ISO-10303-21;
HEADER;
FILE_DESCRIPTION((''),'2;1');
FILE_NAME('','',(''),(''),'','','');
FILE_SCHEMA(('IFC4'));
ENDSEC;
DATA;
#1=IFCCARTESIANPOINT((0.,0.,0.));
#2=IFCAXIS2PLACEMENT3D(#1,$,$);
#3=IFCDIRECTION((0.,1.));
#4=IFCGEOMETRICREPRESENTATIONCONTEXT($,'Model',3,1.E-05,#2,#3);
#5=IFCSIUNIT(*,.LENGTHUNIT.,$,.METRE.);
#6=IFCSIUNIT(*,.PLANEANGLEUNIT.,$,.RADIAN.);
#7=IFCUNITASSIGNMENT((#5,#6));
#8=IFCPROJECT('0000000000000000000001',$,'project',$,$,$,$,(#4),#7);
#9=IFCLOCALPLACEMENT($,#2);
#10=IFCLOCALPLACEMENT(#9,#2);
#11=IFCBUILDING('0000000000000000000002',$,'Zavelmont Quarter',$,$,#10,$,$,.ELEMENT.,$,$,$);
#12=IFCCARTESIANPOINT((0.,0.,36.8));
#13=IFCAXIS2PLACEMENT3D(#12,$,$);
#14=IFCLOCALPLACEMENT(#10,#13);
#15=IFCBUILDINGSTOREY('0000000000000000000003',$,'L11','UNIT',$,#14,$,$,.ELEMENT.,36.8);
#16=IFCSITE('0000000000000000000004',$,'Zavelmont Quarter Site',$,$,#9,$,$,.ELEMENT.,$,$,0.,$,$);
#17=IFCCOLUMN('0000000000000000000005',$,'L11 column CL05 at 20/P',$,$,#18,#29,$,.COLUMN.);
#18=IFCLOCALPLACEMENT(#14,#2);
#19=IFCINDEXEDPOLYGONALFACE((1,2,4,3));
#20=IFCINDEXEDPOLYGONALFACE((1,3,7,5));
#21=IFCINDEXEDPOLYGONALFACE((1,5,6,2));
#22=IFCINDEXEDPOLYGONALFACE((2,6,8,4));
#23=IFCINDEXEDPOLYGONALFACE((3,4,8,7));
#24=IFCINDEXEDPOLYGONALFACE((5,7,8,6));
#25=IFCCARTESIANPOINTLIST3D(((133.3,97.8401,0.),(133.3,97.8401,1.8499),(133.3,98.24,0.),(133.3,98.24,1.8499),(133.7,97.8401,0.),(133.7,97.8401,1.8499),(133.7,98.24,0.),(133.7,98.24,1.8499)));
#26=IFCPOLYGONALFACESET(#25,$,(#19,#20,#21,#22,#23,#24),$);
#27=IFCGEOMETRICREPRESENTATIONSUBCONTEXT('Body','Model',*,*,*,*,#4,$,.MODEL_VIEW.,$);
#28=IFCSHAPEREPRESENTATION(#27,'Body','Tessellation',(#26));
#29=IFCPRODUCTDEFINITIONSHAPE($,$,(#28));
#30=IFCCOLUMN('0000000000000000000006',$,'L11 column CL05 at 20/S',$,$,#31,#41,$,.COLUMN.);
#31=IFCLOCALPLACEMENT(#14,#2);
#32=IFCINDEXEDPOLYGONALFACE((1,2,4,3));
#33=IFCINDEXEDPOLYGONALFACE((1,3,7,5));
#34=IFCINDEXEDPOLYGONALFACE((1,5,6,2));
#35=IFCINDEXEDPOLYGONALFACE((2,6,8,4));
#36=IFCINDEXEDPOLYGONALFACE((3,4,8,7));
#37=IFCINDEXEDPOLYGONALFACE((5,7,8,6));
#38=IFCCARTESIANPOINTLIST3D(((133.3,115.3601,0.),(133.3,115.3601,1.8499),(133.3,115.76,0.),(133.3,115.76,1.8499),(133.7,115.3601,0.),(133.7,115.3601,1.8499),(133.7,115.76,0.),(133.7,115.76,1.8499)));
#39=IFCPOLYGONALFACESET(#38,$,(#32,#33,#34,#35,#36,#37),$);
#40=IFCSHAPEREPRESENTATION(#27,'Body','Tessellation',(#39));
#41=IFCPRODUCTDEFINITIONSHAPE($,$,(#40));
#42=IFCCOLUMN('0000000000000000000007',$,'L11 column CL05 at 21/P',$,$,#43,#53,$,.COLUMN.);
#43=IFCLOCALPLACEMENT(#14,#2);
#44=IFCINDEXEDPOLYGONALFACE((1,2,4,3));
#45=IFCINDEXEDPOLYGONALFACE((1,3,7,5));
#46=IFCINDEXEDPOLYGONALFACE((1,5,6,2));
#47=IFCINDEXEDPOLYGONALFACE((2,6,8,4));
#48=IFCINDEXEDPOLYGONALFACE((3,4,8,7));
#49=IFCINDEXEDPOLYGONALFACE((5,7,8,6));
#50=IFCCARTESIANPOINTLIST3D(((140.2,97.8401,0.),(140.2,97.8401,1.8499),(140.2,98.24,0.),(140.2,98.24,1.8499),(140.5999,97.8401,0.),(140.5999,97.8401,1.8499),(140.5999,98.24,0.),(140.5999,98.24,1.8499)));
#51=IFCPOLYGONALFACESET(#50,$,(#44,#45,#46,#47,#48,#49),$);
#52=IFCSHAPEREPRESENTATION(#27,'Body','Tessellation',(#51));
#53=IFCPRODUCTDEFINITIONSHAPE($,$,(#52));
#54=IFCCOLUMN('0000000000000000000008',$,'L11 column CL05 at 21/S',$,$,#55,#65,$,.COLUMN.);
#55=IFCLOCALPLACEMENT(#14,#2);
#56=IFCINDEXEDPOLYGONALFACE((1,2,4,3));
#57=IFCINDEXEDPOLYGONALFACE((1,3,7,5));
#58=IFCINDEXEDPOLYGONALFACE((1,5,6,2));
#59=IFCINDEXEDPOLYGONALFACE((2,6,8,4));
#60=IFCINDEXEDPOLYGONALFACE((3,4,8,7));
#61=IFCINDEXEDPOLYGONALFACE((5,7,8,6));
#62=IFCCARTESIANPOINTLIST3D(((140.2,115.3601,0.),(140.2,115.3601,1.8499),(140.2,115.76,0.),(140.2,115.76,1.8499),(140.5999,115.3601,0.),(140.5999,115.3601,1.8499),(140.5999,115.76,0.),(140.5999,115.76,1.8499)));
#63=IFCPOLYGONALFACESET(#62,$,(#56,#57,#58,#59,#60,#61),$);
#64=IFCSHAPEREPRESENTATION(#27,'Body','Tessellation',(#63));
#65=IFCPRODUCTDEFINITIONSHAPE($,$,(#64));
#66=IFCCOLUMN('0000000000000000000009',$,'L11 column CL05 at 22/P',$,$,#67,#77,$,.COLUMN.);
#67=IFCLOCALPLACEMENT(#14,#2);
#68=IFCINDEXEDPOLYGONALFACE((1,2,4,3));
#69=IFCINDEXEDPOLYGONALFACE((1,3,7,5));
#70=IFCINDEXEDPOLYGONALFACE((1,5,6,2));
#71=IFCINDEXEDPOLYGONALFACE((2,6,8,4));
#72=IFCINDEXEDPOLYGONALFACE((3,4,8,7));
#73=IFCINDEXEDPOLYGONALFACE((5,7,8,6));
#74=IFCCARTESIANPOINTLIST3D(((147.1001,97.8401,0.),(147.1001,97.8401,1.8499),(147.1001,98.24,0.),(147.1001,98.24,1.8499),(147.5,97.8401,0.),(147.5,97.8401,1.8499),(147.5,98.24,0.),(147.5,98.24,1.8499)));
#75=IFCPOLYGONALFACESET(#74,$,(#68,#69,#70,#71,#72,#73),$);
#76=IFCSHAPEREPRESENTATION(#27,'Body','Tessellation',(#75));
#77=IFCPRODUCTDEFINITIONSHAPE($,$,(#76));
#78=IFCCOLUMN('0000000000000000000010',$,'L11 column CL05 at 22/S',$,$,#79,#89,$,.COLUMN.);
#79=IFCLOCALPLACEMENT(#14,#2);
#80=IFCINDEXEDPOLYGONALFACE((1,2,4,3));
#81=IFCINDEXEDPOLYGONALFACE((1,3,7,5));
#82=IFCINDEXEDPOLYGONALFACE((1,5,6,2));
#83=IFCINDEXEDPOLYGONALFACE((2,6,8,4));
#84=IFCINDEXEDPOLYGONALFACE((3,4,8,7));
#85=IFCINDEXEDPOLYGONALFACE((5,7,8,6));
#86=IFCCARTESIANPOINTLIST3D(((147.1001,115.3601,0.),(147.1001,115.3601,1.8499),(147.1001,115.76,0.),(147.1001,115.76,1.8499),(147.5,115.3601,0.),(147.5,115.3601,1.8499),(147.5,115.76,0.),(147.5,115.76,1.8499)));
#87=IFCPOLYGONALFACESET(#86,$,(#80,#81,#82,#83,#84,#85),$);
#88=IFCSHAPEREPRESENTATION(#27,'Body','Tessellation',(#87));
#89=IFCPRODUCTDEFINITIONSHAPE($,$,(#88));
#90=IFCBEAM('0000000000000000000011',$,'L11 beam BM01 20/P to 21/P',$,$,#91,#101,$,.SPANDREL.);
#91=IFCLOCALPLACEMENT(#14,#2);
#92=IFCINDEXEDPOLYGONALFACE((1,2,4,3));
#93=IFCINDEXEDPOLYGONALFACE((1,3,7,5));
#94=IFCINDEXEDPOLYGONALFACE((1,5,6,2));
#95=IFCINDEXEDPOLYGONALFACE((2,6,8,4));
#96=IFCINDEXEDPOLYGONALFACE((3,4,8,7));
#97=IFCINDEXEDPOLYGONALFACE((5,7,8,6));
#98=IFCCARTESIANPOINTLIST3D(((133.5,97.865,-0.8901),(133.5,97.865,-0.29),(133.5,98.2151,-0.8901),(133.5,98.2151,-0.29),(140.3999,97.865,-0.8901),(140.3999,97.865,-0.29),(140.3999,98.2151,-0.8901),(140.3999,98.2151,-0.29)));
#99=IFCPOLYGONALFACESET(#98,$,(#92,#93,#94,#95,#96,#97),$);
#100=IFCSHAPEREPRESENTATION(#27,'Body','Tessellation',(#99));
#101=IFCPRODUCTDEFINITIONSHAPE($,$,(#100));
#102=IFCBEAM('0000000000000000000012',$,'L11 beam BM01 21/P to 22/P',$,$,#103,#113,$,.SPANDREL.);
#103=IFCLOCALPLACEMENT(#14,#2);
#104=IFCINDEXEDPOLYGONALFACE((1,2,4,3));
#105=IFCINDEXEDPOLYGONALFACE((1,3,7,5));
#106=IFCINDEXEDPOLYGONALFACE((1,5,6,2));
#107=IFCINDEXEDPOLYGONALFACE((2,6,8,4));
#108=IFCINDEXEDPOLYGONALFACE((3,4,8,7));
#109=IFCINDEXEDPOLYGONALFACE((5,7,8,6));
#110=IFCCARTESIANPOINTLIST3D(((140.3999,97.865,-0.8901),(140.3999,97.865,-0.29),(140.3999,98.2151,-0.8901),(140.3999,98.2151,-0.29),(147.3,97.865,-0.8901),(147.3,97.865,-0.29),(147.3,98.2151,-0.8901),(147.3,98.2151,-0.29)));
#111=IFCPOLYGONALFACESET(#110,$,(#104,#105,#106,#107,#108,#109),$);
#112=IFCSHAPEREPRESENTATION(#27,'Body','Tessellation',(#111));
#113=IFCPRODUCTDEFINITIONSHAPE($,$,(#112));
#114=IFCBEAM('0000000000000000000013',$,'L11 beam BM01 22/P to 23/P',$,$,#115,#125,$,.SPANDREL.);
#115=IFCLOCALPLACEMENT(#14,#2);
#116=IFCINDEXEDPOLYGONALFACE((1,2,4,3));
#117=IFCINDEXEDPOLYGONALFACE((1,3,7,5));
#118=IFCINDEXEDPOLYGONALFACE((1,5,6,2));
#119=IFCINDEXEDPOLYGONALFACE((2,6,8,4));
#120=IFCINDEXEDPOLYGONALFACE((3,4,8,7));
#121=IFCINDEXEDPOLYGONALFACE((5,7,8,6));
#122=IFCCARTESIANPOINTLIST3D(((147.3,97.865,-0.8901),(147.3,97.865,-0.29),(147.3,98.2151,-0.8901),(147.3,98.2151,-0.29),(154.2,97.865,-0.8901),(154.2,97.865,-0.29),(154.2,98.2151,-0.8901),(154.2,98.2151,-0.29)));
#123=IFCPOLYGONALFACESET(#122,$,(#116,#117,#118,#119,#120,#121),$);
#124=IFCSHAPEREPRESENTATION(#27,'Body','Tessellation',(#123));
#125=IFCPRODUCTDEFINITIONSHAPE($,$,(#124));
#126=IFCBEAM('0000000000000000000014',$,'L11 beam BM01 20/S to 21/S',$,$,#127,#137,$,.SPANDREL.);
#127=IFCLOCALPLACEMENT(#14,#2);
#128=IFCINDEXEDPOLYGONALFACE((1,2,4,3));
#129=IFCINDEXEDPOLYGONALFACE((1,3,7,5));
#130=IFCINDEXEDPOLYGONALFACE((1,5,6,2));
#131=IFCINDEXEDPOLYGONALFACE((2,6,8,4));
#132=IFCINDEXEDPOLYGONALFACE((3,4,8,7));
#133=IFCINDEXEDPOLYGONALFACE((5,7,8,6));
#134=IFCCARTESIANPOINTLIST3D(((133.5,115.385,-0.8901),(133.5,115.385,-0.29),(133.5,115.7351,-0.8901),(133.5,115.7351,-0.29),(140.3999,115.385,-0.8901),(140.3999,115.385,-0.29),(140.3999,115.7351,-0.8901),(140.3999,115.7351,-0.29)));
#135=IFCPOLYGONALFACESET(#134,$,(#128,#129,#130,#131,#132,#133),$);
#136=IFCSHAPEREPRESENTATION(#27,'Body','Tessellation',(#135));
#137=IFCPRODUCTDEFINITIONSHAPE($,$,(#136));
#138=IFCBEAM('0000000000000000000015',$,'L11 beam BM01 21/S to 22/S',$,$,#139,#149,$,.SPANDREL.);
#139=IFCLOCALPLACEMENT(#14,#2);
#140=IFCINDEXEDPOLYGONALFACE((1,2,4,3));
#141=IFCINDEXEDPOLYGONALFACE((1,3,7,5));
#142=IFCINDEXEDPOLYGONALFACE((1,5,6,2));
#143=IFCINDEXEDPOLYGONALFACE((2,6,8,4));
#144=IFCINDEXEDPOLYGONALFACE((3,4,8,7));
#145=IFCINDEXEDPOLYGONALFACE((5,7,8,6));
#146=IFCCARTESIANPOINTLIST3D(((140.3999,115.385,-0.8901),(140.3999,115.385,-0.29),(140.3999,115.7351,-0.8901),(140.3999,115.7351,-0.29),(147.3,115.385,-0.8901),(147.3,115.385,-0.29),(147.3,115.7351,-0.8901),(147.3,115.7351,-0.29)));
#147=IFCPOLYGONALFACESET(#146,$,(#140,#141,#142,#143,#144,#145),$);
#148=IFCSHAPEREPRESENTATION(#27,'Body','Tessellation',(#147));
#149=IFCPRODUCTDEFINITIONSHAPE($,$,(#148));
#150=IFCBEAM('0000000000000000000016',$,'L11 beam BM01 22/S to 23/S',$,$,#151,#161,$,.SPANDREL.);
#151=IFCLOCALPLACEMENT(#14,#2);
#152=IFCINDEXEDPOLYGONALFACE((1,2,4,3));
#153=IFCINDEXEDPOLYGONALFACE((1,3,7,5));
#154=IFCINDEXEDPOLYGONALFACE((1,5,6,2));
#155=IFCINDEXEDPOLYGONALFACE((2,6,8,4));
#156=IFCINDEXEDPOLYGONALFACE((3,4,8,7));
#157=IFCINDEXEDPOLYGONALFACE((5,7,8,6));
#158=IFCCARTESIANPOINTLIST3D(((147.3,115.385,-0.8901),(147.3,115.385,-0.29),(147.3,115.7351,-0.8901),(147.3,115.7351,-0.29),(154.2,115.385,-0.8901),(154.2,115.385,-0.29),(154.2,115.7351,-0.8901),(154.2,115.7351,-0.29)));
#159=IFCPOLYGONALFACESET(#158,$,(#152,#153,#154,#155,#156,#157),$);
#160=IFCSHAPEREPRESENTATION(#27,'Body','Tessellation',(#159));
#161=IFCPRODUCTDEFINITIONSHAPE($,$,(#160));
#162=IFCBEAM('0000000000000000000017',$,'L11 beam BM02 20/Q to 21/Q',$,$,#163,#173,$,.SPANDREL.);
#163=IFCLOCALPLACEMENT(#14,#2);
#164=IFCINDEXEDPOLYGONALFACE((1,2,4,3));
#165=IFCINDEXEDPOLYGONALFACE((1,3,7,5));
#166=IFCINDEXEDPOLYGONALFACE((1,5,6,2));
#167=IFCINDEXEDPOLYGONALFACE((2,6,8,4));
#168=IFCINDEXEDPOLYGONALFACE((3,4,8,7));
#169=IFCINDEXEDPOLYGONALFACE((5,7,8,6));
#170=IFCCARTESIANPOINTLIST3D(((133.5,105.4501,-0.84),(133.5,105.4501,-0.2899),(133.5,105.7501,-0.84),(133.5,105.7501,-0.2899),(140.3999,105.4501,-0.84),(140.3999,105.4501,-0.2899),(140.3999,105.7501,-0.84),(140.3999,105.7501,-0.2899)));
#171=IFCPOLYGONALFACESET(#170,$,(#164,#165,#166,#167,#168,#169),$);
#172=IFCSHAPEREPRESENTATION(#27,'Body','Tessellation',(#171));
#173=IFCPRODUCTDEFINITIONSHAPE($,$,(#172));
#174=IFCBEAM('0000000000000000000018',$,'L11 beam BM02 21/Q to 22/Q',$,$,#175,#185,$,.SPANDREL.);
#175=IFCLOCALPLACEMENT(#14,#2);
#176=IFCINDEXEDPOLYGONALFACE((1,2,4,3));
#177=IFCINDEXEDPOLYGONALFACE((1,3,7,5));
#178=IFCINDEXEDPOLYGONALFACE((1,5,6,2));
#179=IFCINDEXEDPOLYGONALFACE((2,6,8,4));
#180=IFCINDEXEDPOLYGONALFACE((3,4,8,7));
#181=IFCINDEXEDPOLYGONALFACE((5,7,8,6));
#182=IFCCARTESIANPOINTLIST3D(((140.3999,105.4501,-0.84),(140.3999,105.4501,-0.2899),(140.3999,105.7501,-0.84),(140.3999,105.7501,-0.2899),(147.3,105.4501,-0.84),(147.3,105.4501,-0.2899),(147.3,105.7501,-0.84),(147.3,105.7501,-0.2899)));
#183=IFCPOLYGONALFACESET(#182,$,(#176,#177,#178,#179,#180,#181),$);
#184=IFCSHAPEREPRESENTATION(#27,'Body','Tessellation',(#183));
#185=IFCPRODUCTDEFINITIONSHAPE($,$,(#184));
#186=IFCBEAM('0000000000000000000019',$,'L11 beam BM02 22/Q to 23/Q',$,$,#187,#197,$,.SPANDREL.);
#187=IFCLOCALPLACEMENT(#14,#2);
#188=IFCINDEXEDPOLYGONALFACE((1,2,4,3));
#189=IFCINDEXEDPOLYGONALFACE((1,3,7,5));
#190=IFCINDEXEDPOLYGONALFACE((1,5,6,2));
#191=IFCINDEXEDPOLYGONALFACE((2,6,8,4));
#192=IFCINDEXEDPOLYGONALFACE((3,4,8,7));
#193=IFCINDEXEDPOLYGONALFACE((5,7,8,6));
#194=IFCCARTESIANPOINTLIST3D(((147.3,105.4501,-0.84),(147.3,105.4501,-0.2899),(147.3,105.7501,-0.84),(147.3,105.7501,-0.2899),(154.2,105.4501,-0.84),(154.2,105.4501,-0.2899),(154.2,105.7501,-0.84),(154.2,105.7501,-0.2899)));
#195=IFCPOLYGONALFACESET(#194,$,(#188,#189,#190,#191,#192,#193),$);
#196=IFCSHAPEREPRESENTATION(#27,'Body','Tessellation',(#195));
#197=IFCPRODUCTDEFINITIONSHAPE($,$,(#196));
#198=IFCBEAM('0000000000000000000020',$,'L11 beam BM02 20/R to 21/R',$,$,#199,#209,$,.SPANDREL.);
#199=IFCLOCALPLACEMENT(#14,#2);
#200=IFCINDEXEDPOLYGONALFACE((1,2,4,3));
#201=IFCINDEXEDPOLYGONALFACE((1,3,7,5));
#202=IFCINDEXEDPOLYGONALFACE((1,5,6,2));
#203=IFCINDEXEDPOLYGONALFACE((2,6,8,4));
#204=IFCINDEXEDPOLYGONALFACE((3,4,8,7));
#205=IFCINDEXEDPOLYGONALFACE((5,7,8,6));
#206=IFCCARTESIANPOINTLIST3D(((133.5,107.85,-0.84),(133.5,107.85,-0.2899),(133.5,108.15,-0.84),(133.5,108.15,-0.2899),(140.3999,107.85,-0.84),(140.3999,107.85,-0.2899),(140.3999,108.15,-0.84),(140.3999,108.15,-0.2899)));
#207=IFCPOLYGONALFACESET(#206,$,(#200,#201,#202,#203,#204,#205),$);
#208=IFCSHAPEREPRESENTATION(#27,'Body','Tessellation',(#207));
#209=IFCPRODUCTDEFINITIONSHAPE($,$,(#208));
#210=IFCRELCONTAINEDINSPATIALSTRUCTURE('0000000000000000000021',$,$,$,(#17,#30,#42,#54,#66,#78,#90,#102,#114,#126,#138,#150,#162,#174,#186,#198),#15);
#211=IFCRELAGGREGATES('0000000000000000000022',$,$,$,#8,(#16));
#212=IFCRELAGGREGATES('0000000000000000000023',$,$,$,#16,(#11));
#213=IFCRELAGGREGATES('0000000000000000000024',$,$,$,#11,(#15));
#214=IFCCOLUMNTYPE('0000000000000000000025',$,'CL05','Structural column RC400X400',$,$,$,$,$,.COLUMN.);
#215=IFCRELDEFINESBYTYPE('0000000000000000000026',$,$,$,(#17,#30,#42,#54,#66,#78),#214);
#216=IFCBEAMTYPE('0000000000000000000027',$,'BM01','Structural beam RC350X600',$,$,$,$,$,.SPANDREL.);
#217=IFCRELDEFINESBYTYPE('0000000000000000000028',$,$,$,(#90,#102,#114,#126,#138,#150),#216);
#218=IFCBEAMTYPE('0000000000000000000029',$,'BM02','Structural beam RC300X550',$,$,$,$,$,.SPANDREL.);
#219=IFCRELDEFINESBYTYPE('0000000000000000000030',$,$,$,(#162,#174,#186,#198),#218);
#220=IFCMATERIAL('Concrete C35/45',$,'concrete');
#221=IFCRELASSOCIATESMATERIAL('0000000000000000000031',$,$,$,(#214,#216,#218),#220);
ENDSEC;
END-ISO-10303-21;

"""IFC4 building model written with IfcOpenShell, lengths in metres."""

from ifc_helpers import new_model, si_unit, direction, frame, origin, origin_2d, place, context, subcontext, project, spatial, rectangle, extrude, material, material_profile, profile_set, type_object, element, save


model = new_model("IFC4")

# Units and contexts
model_context = context("Model", 3, precision=1e-05, world=origin(), true_north=direction((0.0, 1.0)))
body_context = subcontext(model_context, "Body", "Model", "MODEL_VIEW")
ifc_project = project(units=[si_unit("LENGTHUNIT", "METRE"), si_unit("PLANEANGLEUNIT", "RADIAN")], contexts=[model_context])

# Site, building, storey
site_placement = place(None, origin())
site = spatial("IfcSite", under=ifc_project, at=site_placement, Name="Zavelmont Quarter Site", CompositionType="ELEMENT", RefElevation=0.0)
building_placement = place(site_placement, origin())
building = spatial("IfcBuilding", under=site, at=building_placement, Name="Zavelmont Quarter", CompositionType="ELEMENT")
storey_placement = place(building_placement, frame((0.0, 0.0, 36.8)))
storey = spatial("IfcBuildingStorey", under=building, at=storey_placement, Name="L11", Description="UNIT", CompositionType="ELEMENT", Elevation=36.8)

# Columns
ifc_material_1 = material(Name="Concrete C35/45", Category="concrete")
ifc_material_profile_1 = material_profile(ifc_material_1, rectangle(XDim=0.3999, YDim=0.3999, at=origin_2d()), Name="RC400X400")
ifc_profile_set_1 = profile_set([ifc_material_profile_1], Name="Concrete C35/45")
column_type = type_object("IfcColumnType", Name="CL05", Description="Structural column RC400X400", PredefinedType="COLUMN", material=ifc_profile_set_1)
for number, where, z_axis, x_axis, name in (
    (1, (133.5, 98.04, 0.0), (0.0, 0.0, 1.0), (1.0, 0.0, 0.0), "L11 column CL05 at 20/P"),
    (2, (133.5, 115.5601, 0.0), (0.0, 0.0, 1.0), (1.0, 0.0, 0.0), "L11 column CL05 at 20/S"),
    (3, (140.3999, 98.04, 0.0), (0.0, 0.0, 1.0), (1.0, 0.0, 0.0), "L11 column CL05 at 21/P"),
    (4, (140.3999, 115.5601, 0.0), (0.0, 0.0, 1.0), (1.0, 0.0, 0.0), "L11 column CL05 at 21/S"),
    (5, (147.3, 98.04, 0.0), (0.0, 0.0, 1.0), (1.0, 0.0, 0.0), "L11 column CL05 at 22/P"),
    (6, (147.3, 115.5601, 0.0), (0.0, 0.0, 1.0), (1.0, 0.0, 0.0), "L11 column CL05 at 22/S"),
):
    element("IfcColumn", number, at=place(storey_placement, frame(where, z_axis=z_axis, x_axis=x_axis)), inside=storey, type_object=column_type, Name=name, PredefinedType="COLUMN", context=body_context, shape_type="SweptSolid", body=[
        extrude(rectangle(XDim=0.3999, YDim=0.3999, at=origin_2d()), origin(), (0.0, 0.0, 1.0), 1.8499),
    ])

# Beams
ifc_material_profile_2 = material_profile(ifc_material_1, rectangle(XDim=0.3501, YDim=0.6001, at=origin_2d()), Name="RC350X600")
ifc_profile_set_2 = profile_set([ifc_material_profile_2], Name="Concrete C35/45")
beam_type_1 = type_object("IfcBeamType", Name="BM01", Description="Structural beam RC350X600", PredefinedType="SPANDREL", material=ifc_profile_set_2)
beam_1_placement = place(storey_placement, frame((133.5, 98.04, -0.5901), z_axis=(1.0, 0.0, 0.0), x_axis=(0.0, 1.0, 0.0)))
element("IfcBeam", 7, at=beam_1_placement, inside=storey, type_object=beam_type_1, Name="L11 beam BM01 20/P to 21/P", PredefinedType="SPANDREL", context=body_context, shape_type="SweptSolid", body=[
    extrude(rectangle(XDim=0.3501, YDim=0.6001, at=origin_2d()), origin(), (0.0, 0.0, 1.0), 6.8999),
])
beam_2_placement = place(storey_placement, frame((140.3999, 98.04, -0.5901), z_axis=(1.0, 0.0, 0.0), x_axis=(0.0, 1.0, 0.0)))
element("IfcBeam", 8, at=beam_2_placement, inside=storey, type_object=beam_type_1, Name="L11 beam BM01 21/P to 22/P", PredefinedType="SPANDREL", context=body_context, shape_type="SweptSolid", body=[
    extrude(rectangle(XDim=0.3501, YDim=0.6001, at=origin_2d()), origin(), (0.0, 0.0, 1.0), 6.9001),
])
for number, where, z_axis, x_axis, name in (
    (9, (147.3, 98.04, -0.5901), (1.0, 0.0, 0.0), (0.0, 1.0, 0.0), "L11 beam BM01 22/P to 23/P"),
    (10, (133.5, 115.5601, -0.5901), (1.0, 0.0, 0.0), (0.0, 1.0, 0.0), "L11 beam BM01 20/S to 21/S"),
):
    element("IfcBeam", number, at=place(storey_placement, frame(where, z_axis=z_axis, x_axis=x_axis)), inside=storey, type_object=beam_type_1, Name=name, PredefinedType="SPANDREL", context=body_context, shape_type="SweptSolid", body=[
        extrude(rectangle(XDim=0.3501, YDim=0.6001, at=origin_2d()), origin(), (0.0, 0.0, 1.0), 6.8999),
    ])
beam_3_placement = place(storey_placement, frame((140.3999, 115.5601, -0.5901), z_axis=(1.0, 0.0, 0.0), x_axis=(0.0, 1.0, 0.0)))
element("IfcBeam", 11, at=beam_3_placement, inside=storey, type_object=beam_type_1, Name="L11 beam BM01 21/S to 22/S", PredefinedType="SPANDREL", context=body_context, shape_type="SweptSolid", body=[
    extrude(rectangle(XDim=0.3501, YDim=0.6001, at=origin_2d()), origin(), (0.0, 0.0, 1.0), 6.9001),
])
beam_4_placement = place(storey_placement, frame((147.3, 115.5601, -0.5901), z_axis=(1.0, 0.0, 0.0), x_axis=(0.0, 1.0, 0.0)))
element("IfcBeam", 12, at=beam_4_placement, inside=storey, type_object=beam_type_1, Name="L11 beam BM01 22/S to 23/S", PredefinedType="SPANDREL", context=body_context, shape_type="SweptSolid", body=[
    extrude(rectangle(XDim=0.3501, YDim=0.6001, at=origin_2d()), origin(), (0.0, 0.0, 1.0), 6.8999),
])
ifc_material_profile_3 = material_profile(ifc_material_1, rectangle(XDim=0.3, YDim=0.55, at=origin_2d()), Name="RC300X550")
ifc_profile_set_3 = profile_set([ifc_material_profile_3], Name="Concrete C35/45")
beam_type_2 = type_object("IfcBeamType", Name="BM02", Description="Structural beam RC300X550", PredefinedType="SPANDREL", material=ifc_profile_set_3)
beam_5_placement = place(storey_placement, frame((133.5, 105.6001, -0.5649), z_axis=(1.0, 0.0, 0.0), x_axis=(0.0, 1.0, 0.0)))
element("IfcBeam", 13, at=beam_5_placement, inside=storey, type_object=beam_type_2, Name="L11 beam BM02 20/Q to 21/Q", PredefinedType="SPANDREL", context=body_context, shape_type="SweptSolid", body=[
    extrude(rectangle(XDim=0.3, YDim=0.55, at=origin_2d()), origin(), (0.0, 0.0, 1.0), 6.8999),
])
beam_6_placement = place(storey_placement, frame((140.3999, 105.6001, -0.5649), z_axis=(1.0, 0.0, 0.0), x_axis=(0.0, 1.0, 0.0)))
element("IfcBeam", 14, at=beam_6_placement, inside=storey, type_object=beam_type_2, Name="L11 beam BM02 21/Q to 22/Q", PredefinedType="SPANDREL", context=body_context, shape_type="SweptSolid", body=[
    extrude(rectangle(XDim=0.3, YDim=0.55, at=origin_2d()), origin(), (0.0, 0.0, 1.0), 6.9001),
])
for number, where, z_axis, x_axis, name in (
    (15, (147.3, 105.6001, -0.5649), (1.0, 0.0, 0.0), (0.0, 1.0, 0.0), "L11 beam BM02 22/Q to 23/Q"),
    (16, (133.5, 108.0, -0.5649), (1.0, 0.0, 0.0), (0.0, 1.0, 0.0), "L11 beam BM02 20/R to 21/R"),
):
    element("IfcBeam", number, at=place(storey_placement, frame(where, z_axis=z_axis, x_axis=x_axis)), inside=storey, type_object=beam_type_2, Name=name, PredefinedType="SPANDREL", context=body_context, shape_type="SweptSolid", body=[
        extrude(rectangle(XDim=0.3, YDim=0.55, at=origin_2d()), origin(), (0.0, 0.0, 1.0), 6.8999),
    ])

save(model, "model.ifc")
